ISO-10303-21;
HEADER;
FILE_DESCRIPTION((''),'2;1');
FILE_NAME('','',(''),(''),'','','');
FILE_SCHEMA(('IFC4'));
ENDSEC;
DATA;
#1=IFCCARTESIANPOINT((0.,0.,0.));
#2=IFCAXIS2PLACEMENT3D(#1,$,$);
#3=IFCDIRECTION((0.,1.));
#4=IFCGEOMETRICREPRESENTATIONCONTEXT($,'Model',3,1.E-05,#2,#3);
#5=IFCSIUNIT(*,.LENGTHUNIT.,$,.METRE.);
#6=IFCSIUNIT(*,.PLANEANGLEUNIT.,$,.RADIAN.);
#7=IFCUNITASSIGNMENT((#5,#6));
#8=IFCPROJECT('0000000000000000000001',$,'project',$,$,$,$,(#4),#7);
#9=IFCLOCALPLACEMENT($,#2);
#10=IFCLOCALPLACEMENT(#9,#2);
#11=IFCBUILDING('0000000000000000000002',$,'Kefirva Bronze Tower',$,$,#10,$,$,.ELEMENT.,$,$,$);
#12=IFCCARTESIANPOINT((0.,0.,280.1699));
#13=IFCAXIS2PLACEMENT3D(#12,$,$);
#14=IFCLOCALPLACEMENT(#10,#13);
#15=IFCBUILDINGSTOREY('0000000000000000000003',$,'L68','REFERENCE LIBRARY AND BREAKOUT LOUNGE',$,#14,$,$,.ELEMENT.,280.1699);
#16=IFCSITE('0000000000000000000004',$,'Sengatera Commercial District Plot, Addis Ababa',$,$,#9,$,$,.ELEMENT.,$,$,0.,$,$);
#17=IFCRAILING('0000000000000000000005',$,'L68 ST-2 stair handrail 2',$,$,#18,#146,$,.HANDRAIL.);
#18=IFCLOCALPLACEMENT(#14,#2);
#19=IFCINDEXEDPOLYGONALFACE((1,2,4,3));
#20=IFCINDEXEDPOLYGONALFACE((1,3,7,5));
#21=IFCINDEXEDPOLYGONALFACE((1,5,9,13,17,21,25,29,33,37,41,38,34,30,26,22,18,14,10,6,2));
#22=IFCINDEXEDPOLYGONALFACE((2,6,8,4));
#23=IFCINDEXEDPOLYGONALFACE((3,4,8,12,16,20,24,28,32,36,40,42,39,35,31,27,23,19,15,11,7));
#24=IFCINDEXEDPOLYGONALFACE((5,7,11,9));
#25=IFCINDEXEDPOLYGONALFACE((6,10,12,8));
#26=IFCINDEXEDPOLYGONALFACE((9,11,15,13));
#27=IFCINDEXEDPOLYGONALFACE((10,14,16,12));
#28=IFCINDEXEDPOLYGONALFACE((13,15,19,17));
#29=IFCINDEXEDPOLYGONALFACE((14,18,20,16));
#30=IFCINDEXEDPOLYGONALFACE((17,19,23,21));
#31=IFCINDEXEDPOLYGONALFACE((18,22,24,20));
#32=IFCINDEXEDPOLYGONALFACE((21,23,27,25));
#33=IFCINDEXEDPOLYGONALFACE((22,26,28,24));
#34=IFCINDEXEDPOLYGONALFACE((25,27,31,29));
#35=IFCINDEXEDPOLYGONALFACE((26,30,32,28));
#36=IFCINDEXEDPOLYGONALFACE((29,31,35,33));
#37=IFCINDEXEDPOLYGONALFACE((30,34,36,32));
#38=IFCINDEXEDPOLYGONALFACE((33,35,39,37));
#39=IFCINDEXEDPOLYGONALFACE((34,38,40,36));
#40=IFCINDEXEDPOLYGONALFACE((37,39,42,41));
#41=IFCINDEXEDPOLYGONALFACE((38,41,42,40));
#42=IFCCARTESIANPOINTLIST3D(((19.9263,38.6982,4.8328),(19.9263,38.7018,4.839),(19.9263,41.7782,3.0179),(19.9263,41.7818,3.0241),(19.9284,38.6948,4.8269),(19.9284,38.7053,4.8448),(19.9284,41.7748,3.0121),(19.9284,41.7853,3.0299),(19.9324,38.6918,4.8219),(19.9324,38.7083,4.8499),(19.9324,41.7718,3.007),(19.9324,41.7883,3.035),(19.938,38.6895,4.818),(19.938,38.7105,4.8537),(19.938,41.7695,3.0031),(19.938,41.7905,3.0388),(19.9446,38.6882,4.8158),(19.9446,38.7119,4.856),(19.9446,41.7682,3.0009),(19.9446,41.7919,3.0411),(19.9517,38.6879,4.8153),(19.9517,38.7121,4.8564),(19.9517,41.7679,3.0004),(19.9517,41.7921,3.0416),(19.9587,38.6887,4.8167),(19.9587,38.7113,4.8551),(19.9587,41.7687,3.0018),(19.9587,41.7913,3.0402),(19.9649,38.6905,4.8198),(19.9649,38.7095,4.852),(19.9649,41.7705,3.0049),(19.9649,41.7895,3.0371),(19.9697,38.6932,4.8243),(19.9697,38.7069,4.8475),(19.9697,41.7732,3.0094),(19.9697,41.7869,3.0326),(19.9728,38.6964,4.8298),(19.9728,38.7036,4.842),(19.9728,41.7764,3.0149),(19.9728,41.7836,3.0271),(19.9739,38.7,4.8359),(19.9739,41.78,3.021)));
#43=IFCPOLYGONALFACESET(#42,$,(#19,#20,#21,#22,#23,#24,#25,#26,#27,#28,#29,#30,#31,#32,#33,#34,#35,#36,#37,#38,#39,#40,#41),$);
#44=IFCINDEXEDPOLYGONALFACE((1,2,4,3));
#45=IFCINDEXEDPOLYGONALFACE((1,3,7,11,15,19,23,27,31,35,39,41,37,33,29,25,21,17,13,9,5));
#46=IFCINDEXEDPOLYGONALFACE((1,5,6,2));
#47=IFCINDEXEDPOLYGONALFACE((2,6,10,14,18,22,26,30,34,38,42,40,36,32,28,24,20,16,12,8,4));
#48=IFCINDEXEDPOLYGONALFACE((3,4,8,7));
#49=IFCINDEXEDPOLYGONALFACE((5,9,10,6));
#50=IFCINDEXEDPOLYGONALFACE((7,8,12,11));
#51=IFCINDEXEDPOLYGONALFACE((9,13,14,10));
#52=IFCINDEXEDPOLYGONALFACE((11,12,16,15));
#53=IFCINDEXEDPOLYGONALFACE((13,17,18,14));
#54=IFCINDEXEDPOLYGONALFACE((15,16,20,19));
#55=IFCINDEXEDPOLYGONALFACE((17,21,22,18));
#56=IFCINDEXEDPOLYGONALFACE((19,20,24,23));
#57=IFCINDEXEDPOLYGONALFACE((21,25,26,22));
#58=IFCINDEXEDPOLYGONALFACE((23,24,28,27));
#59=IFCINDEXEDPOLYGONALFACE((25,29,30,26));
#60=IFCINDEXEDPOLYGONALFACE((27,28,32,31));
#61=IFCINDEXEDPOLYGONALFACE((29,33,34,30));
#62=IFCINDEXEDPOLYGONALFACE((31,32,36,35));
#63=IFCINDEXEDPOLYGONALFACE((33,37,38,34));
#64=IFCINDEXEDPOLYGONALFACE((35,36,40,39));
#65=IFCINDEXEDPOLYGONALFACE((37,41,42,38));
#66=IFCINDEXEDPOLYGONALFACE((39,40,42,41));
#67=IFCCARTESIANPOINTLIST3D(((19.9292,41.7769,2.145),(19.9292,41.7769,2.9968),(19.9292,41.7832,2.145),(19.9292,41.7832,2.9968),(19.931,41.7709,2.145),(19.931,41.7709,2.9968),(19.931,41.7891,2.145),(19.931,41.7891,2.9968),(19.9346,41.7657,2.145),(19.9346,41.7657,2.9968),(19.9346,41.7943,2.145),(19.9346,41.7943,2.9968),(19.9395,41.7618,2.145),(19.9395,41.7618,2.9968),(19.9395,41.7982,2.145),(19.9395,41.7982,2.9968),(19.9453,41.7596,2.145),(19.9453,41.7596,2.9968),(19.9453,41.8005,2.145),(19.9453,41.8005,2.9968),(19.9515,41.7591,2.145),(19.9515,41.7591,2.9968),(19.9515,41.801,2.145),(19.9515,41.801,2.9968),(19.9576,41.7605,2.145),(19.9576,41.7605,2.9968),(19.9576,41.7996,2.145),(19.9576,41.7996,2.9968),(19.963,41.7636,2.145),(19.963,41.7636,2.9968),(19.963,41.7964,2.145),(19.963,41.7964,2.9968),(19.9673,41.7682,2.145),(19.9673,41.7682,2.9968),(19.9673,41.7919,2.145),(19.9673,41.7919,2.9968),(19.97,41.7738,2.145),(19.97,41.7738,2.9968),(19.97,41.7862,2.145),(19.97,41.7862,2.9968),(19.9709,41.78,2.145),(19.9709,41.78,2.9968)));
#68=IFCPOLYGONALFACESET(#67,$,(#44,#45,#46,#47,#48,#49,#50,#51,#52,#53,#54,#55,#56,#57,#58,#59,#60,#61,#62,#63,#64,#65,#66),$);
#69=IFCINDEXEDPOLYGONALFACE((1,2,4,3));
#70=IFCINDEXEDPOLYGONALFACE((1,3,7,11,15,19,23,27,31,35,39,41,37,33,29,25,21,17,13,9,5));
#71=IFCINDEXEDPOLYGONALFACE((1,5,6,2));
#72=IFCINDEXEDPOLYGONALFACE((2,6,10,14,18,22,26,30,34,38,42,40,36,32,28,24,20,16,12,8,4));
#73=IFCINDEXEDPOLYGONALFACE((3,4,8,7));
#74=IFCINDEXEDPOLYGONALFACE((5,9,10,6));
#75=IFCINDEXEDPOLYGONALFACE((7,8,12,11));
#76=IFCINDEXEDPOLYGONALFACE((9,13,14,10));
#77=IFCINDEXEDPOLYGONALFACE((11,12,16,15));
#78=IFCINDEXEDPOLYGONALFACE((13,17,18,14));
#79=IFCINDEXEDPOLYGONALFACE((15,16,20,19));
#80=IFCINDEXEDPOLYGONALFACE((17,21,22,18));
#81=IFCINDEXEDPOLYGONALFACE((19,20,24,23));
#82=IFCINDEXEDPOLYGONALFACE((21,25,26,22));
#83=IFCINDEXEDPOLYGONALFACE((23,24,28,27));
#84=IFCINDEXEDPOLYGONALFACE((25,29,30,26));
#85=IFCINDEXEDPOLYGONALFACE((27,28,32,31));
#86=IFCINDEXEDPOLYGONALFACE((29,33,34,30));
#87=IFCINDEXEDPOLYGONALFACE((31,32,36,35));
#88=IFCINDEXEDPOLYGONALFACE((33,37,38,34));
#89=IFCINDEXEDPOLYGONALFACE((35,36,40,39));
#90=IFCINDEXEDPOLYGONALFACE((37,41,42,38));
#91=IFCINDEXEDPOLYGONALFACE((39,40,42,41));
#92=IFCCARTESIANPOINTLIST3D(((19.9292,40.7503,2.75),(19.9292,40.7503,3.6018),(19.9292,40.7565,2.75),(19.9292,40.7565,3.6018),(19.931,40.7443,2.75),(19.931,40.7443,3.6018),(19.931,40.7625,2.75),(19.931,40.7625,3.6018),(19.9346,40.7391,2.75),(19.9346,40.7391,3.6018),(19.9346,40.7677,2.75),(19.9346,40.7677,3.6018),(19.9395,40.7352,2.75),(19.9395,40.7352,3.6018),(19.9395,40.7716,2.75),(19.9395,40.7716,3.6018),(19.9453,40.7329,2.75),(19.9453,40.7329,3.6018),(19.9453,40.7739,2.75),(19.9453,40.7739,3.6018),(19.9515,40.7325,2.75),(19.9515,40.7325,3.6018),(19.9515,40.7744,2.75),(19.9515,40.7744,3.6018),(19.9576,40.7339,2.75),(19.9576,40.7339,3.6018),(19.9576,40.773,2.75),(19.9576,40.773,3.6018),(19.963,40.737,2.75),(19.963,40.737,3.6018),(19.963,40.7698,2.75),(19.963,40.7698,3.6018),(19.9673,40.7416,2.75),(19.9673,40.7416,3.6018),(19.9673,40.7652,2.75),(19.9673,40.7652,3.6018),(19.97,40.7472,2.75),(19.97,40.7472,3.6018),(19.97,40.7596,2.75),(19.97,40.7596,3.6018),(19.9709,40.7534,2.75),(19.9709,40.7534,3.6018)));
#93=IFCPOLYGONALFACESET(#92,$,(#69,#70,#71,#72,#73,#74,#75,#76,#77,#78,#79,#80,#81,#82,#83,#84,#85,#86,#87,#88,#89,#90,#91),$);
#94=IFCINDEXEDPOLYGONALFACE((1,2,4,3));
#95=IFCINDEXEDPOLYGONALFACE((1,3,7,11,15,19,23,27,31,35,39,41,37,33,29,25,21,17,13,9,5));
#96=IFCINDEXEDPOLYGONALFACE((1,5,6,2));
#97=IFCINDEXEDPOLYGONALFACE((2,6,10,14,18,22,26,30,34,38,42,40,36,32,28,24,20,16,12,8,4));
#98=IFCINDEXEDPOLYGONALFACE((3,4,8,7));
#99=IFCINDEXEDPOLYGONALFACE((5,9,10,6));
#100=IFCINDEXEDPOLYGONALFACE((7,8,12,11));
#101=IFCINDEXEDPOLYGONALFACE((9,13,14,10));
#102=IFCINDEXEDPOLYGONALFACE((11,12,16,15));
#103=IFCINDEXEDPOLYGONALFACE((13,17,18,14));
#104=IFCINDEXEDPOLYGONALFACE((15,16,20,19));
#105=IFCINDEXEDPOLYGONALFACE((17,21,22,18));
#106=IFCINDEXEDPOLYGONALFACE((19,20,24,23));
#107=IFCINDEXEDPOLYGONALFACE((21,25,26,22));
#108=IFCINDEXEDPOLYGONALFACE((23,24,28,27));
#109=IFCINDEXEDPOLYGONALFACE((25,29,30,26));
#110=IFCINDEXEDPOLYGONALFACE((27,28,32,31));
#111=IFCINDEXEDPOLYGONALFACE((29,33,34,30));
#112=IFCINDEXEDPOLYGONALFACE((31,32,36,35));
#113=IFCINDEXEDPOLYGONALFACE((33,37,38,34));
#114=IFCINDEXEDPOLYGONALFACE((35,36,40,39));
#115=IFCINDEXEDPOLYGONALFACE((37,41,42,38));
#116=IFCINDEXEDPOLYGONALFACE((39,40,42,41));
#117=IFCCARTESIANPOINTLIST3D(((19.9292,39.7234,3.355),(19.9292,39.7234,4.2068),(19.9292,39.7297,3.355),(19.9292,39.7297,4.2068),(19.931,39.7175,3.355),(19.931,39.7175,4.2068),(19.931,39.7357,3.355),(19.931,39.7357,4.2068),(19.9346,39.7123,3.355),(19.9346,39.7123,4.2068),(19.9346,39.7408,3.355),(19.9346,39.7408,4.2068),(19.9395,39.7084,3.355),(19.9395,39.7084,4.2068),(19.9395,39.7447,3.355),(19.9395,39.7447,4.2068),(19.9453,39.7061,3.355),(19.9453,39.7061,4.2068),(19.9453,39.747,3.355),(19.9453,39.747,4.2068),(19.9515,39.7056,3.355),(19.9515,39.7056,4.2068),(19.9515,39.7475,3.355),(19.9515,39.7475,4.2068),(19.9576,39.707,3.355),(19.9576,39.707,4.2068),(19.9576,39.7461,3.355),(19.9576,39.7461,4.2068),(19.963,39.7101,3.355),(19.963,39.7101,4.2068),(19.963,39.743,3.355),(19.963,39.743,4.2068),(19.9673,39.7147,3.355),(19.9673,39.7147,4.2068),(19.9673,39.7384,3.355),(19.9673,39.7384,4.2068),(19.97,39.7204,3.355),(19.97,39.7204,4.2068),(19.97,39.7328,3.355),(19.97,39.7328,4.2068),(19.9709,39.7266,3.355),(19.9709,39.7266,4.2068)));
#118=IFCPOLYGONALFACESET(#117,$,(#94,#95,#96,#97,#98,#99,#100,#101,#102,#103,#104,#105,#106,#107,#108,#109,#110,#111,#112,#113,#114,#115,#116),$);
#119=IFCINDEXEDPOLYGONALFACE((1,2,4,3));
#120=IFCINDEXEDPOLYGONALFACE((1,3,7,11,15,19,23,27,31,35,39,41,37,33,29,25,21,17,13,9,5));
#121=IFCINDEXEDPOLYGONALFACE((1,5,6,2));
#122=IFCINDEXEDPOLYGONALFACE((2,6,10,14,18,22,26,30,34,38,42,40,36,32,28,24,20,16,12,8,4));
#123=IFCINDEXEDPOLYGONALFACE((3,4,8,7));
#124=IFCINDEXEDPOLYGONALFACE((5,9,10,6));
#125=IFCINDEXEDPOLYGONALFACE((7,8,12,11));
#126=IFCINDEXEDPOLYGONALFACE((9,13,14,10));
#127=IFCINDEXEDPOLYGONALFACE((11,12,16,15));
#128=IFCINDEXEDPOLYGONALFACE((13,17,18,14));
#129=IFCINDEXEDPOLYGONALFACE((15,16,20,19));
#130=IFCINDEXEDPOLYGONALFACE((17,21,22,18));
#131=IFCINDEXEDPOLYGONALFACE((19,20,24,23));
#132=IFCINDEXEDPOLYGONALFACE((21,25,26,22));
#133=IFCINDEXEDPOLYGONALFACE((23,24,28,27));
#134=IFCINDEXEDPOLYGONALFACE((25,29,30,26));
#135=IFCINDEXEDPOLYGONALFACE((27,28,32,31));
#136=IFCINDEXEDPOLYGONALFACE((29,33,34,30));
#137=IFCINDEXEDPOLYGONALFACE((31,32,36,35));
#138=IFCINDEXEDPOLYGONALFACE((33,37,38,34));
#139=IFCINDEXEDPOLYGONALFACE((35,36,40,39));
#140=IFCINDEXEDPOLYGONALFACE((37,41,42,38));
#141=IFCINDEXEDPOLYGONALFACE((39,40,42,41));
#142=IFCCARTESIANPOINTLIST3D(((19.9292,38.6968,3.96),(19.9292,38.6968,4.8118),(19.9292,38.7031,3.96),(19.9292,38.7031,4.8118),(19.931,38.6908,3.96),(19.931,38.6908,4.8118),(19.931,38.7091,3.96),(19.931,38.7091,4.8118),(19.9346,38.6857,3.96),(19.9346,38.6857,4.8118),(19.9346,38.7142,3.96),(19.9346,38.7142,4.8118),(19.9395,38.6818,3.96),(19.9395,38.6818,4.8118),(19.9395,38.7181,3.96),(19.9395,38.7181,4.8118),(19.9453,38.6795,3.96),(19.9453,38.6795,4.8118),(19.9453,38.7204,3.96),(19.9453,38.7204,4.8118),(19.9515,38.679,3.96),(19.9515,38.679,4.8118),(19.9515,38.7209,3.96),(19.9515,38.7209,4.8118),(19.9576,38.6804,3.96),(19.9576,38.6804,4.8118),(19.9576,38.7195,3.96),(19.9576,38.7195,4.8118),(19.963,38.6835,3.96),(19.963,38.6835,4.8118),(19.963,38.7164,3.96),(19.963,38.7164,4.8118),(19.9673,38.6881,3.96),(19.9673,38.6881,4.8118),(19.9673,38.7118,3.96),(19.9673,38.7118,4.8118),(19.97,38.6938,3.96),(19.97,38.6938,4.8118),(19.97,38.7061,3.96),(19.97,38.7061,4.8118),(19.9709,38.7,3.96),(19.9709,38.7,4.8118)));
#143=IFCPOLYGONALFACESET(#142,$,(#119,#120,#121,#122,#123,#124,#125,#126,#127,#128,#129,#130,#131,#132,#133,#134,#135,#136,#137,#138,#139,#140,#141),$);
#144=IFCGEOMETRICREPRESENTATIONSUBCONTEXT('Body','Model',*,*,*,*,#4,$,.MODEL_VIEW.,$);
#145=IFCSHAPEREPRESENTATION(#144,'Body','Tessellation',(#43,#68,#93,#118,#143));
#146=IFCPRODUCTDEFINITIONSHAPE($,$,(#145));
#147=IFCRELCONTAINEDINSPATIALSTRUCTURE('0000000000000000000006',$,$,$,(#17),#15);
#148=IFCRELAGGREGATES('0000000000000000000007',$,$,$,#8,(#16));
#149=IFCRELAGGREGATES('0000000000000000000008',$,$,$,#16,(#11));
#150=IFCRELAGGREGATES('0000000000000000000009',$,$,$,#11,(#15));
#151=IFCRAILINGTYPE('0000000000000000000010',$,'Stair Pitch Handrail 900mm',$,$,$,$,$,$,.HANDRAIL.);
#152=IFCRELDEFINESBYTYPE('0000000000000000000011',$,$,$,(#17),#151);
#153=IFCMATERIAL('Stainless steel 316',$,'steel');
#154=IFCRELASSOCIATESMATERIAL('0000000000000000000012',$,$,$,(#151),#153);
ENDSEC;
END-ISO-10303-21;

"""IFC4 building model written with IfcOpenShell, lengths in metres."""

from ifc_helpers import new_model, si_unit, direction, frame, origin, origin_2d, place, context, subcontext, project, spatial, circle, extrude, material, type_object, element, save


model = new_model("IFC4")

# Units and contexts
model_context = context("Model", 3, precision=1e-05, world=origin(), true_north=direction((0.0, 1.0)))
body_context = subcontext(model_context, "Body", "Model", "MODEL_VIEW")
ifc_project = project(units=[si_unit("LENGTHUNIT", "METRE"), si_unit("PLANEANGLEUNIT", "RADIAN")], contexts=[model_context])

# Site, building, storey
site_placement = place(None, origin())
site = spatial("IfcSite", under=ifc_project, at=site_placement, Name="Sengatera Commercial District Plot, Addis Ababa", CompositionType="ELEMENT", RefElevation=0.0)
building_placement = place(site_placement, origin())
building = spatial("IfcBuilding", under=site, at=building_placement, Name="Kefirva Bronze Tower", CompositionType="ELEMENT")
storey_placement = place(building_placement, frame((0.0, 0.0, 280.1699)))
storey = spatial("IfcBuildingStorey", under=building, at=storey_placement, Name="L68", Description="REFERENCE LIBRARY AND BREAKOUT LOUNGE", CompositionType="ELEMENT", Elevation=280.1699)

# Shared definitions
ifc_material_1 = material(Name="Stainless steel 316", Category="steel")

# Railing
railing_type_1 = type_object("IfcRailingType", Name="Stair Pitch Handrail 900mm", PredefinedType="HANDRAIL", material=ifc_material_1)
railing_1_placement = place(storey_placement, frame((19.95, 41.78, 2.145)))
element("IfcRailing", 1, at=railing_1_placement, inside=storey, type_object=railing_type_1, Name="L68 ST-2 stair handrail 2", PredefinedType="HANDRAIL", context=body_context, shape_type="SweptSolid", body=[
    extrude(circle(Radius=0.0239, at=origin_2d()), frame((0.0, 0.0, 0.876), z_axis=(0.0, -0.861551, 0.507671), x_axis=(1.0, 0.0, 0.0)), (0.0, 0.0, 1.0), 3.575),
    extrude(circle(Radius=0.021, at=origin_2d()), origin(), (0.0, 0.0, 1.0), 0.8518),
    extrude(circle(Radius=0.021, at=origin_2d()), frame((0.0, -1.0266, 0.605)), (0.0, 0.0, 1.0), 0.8518),
    extrude(circle(Radius=0.021, at=origin_2d()), frame((0.0, -2.0535, 1.21)), (0.0, 0.0, 1.0), 0.8518),
    extrude(circle(Radius=0.021, at=origin_2d()), frame((0.0, -3.0801, 1.8149)), (0.0, 0.0, 1.0), 0.8518),
])

save(model, "model.ifc")
